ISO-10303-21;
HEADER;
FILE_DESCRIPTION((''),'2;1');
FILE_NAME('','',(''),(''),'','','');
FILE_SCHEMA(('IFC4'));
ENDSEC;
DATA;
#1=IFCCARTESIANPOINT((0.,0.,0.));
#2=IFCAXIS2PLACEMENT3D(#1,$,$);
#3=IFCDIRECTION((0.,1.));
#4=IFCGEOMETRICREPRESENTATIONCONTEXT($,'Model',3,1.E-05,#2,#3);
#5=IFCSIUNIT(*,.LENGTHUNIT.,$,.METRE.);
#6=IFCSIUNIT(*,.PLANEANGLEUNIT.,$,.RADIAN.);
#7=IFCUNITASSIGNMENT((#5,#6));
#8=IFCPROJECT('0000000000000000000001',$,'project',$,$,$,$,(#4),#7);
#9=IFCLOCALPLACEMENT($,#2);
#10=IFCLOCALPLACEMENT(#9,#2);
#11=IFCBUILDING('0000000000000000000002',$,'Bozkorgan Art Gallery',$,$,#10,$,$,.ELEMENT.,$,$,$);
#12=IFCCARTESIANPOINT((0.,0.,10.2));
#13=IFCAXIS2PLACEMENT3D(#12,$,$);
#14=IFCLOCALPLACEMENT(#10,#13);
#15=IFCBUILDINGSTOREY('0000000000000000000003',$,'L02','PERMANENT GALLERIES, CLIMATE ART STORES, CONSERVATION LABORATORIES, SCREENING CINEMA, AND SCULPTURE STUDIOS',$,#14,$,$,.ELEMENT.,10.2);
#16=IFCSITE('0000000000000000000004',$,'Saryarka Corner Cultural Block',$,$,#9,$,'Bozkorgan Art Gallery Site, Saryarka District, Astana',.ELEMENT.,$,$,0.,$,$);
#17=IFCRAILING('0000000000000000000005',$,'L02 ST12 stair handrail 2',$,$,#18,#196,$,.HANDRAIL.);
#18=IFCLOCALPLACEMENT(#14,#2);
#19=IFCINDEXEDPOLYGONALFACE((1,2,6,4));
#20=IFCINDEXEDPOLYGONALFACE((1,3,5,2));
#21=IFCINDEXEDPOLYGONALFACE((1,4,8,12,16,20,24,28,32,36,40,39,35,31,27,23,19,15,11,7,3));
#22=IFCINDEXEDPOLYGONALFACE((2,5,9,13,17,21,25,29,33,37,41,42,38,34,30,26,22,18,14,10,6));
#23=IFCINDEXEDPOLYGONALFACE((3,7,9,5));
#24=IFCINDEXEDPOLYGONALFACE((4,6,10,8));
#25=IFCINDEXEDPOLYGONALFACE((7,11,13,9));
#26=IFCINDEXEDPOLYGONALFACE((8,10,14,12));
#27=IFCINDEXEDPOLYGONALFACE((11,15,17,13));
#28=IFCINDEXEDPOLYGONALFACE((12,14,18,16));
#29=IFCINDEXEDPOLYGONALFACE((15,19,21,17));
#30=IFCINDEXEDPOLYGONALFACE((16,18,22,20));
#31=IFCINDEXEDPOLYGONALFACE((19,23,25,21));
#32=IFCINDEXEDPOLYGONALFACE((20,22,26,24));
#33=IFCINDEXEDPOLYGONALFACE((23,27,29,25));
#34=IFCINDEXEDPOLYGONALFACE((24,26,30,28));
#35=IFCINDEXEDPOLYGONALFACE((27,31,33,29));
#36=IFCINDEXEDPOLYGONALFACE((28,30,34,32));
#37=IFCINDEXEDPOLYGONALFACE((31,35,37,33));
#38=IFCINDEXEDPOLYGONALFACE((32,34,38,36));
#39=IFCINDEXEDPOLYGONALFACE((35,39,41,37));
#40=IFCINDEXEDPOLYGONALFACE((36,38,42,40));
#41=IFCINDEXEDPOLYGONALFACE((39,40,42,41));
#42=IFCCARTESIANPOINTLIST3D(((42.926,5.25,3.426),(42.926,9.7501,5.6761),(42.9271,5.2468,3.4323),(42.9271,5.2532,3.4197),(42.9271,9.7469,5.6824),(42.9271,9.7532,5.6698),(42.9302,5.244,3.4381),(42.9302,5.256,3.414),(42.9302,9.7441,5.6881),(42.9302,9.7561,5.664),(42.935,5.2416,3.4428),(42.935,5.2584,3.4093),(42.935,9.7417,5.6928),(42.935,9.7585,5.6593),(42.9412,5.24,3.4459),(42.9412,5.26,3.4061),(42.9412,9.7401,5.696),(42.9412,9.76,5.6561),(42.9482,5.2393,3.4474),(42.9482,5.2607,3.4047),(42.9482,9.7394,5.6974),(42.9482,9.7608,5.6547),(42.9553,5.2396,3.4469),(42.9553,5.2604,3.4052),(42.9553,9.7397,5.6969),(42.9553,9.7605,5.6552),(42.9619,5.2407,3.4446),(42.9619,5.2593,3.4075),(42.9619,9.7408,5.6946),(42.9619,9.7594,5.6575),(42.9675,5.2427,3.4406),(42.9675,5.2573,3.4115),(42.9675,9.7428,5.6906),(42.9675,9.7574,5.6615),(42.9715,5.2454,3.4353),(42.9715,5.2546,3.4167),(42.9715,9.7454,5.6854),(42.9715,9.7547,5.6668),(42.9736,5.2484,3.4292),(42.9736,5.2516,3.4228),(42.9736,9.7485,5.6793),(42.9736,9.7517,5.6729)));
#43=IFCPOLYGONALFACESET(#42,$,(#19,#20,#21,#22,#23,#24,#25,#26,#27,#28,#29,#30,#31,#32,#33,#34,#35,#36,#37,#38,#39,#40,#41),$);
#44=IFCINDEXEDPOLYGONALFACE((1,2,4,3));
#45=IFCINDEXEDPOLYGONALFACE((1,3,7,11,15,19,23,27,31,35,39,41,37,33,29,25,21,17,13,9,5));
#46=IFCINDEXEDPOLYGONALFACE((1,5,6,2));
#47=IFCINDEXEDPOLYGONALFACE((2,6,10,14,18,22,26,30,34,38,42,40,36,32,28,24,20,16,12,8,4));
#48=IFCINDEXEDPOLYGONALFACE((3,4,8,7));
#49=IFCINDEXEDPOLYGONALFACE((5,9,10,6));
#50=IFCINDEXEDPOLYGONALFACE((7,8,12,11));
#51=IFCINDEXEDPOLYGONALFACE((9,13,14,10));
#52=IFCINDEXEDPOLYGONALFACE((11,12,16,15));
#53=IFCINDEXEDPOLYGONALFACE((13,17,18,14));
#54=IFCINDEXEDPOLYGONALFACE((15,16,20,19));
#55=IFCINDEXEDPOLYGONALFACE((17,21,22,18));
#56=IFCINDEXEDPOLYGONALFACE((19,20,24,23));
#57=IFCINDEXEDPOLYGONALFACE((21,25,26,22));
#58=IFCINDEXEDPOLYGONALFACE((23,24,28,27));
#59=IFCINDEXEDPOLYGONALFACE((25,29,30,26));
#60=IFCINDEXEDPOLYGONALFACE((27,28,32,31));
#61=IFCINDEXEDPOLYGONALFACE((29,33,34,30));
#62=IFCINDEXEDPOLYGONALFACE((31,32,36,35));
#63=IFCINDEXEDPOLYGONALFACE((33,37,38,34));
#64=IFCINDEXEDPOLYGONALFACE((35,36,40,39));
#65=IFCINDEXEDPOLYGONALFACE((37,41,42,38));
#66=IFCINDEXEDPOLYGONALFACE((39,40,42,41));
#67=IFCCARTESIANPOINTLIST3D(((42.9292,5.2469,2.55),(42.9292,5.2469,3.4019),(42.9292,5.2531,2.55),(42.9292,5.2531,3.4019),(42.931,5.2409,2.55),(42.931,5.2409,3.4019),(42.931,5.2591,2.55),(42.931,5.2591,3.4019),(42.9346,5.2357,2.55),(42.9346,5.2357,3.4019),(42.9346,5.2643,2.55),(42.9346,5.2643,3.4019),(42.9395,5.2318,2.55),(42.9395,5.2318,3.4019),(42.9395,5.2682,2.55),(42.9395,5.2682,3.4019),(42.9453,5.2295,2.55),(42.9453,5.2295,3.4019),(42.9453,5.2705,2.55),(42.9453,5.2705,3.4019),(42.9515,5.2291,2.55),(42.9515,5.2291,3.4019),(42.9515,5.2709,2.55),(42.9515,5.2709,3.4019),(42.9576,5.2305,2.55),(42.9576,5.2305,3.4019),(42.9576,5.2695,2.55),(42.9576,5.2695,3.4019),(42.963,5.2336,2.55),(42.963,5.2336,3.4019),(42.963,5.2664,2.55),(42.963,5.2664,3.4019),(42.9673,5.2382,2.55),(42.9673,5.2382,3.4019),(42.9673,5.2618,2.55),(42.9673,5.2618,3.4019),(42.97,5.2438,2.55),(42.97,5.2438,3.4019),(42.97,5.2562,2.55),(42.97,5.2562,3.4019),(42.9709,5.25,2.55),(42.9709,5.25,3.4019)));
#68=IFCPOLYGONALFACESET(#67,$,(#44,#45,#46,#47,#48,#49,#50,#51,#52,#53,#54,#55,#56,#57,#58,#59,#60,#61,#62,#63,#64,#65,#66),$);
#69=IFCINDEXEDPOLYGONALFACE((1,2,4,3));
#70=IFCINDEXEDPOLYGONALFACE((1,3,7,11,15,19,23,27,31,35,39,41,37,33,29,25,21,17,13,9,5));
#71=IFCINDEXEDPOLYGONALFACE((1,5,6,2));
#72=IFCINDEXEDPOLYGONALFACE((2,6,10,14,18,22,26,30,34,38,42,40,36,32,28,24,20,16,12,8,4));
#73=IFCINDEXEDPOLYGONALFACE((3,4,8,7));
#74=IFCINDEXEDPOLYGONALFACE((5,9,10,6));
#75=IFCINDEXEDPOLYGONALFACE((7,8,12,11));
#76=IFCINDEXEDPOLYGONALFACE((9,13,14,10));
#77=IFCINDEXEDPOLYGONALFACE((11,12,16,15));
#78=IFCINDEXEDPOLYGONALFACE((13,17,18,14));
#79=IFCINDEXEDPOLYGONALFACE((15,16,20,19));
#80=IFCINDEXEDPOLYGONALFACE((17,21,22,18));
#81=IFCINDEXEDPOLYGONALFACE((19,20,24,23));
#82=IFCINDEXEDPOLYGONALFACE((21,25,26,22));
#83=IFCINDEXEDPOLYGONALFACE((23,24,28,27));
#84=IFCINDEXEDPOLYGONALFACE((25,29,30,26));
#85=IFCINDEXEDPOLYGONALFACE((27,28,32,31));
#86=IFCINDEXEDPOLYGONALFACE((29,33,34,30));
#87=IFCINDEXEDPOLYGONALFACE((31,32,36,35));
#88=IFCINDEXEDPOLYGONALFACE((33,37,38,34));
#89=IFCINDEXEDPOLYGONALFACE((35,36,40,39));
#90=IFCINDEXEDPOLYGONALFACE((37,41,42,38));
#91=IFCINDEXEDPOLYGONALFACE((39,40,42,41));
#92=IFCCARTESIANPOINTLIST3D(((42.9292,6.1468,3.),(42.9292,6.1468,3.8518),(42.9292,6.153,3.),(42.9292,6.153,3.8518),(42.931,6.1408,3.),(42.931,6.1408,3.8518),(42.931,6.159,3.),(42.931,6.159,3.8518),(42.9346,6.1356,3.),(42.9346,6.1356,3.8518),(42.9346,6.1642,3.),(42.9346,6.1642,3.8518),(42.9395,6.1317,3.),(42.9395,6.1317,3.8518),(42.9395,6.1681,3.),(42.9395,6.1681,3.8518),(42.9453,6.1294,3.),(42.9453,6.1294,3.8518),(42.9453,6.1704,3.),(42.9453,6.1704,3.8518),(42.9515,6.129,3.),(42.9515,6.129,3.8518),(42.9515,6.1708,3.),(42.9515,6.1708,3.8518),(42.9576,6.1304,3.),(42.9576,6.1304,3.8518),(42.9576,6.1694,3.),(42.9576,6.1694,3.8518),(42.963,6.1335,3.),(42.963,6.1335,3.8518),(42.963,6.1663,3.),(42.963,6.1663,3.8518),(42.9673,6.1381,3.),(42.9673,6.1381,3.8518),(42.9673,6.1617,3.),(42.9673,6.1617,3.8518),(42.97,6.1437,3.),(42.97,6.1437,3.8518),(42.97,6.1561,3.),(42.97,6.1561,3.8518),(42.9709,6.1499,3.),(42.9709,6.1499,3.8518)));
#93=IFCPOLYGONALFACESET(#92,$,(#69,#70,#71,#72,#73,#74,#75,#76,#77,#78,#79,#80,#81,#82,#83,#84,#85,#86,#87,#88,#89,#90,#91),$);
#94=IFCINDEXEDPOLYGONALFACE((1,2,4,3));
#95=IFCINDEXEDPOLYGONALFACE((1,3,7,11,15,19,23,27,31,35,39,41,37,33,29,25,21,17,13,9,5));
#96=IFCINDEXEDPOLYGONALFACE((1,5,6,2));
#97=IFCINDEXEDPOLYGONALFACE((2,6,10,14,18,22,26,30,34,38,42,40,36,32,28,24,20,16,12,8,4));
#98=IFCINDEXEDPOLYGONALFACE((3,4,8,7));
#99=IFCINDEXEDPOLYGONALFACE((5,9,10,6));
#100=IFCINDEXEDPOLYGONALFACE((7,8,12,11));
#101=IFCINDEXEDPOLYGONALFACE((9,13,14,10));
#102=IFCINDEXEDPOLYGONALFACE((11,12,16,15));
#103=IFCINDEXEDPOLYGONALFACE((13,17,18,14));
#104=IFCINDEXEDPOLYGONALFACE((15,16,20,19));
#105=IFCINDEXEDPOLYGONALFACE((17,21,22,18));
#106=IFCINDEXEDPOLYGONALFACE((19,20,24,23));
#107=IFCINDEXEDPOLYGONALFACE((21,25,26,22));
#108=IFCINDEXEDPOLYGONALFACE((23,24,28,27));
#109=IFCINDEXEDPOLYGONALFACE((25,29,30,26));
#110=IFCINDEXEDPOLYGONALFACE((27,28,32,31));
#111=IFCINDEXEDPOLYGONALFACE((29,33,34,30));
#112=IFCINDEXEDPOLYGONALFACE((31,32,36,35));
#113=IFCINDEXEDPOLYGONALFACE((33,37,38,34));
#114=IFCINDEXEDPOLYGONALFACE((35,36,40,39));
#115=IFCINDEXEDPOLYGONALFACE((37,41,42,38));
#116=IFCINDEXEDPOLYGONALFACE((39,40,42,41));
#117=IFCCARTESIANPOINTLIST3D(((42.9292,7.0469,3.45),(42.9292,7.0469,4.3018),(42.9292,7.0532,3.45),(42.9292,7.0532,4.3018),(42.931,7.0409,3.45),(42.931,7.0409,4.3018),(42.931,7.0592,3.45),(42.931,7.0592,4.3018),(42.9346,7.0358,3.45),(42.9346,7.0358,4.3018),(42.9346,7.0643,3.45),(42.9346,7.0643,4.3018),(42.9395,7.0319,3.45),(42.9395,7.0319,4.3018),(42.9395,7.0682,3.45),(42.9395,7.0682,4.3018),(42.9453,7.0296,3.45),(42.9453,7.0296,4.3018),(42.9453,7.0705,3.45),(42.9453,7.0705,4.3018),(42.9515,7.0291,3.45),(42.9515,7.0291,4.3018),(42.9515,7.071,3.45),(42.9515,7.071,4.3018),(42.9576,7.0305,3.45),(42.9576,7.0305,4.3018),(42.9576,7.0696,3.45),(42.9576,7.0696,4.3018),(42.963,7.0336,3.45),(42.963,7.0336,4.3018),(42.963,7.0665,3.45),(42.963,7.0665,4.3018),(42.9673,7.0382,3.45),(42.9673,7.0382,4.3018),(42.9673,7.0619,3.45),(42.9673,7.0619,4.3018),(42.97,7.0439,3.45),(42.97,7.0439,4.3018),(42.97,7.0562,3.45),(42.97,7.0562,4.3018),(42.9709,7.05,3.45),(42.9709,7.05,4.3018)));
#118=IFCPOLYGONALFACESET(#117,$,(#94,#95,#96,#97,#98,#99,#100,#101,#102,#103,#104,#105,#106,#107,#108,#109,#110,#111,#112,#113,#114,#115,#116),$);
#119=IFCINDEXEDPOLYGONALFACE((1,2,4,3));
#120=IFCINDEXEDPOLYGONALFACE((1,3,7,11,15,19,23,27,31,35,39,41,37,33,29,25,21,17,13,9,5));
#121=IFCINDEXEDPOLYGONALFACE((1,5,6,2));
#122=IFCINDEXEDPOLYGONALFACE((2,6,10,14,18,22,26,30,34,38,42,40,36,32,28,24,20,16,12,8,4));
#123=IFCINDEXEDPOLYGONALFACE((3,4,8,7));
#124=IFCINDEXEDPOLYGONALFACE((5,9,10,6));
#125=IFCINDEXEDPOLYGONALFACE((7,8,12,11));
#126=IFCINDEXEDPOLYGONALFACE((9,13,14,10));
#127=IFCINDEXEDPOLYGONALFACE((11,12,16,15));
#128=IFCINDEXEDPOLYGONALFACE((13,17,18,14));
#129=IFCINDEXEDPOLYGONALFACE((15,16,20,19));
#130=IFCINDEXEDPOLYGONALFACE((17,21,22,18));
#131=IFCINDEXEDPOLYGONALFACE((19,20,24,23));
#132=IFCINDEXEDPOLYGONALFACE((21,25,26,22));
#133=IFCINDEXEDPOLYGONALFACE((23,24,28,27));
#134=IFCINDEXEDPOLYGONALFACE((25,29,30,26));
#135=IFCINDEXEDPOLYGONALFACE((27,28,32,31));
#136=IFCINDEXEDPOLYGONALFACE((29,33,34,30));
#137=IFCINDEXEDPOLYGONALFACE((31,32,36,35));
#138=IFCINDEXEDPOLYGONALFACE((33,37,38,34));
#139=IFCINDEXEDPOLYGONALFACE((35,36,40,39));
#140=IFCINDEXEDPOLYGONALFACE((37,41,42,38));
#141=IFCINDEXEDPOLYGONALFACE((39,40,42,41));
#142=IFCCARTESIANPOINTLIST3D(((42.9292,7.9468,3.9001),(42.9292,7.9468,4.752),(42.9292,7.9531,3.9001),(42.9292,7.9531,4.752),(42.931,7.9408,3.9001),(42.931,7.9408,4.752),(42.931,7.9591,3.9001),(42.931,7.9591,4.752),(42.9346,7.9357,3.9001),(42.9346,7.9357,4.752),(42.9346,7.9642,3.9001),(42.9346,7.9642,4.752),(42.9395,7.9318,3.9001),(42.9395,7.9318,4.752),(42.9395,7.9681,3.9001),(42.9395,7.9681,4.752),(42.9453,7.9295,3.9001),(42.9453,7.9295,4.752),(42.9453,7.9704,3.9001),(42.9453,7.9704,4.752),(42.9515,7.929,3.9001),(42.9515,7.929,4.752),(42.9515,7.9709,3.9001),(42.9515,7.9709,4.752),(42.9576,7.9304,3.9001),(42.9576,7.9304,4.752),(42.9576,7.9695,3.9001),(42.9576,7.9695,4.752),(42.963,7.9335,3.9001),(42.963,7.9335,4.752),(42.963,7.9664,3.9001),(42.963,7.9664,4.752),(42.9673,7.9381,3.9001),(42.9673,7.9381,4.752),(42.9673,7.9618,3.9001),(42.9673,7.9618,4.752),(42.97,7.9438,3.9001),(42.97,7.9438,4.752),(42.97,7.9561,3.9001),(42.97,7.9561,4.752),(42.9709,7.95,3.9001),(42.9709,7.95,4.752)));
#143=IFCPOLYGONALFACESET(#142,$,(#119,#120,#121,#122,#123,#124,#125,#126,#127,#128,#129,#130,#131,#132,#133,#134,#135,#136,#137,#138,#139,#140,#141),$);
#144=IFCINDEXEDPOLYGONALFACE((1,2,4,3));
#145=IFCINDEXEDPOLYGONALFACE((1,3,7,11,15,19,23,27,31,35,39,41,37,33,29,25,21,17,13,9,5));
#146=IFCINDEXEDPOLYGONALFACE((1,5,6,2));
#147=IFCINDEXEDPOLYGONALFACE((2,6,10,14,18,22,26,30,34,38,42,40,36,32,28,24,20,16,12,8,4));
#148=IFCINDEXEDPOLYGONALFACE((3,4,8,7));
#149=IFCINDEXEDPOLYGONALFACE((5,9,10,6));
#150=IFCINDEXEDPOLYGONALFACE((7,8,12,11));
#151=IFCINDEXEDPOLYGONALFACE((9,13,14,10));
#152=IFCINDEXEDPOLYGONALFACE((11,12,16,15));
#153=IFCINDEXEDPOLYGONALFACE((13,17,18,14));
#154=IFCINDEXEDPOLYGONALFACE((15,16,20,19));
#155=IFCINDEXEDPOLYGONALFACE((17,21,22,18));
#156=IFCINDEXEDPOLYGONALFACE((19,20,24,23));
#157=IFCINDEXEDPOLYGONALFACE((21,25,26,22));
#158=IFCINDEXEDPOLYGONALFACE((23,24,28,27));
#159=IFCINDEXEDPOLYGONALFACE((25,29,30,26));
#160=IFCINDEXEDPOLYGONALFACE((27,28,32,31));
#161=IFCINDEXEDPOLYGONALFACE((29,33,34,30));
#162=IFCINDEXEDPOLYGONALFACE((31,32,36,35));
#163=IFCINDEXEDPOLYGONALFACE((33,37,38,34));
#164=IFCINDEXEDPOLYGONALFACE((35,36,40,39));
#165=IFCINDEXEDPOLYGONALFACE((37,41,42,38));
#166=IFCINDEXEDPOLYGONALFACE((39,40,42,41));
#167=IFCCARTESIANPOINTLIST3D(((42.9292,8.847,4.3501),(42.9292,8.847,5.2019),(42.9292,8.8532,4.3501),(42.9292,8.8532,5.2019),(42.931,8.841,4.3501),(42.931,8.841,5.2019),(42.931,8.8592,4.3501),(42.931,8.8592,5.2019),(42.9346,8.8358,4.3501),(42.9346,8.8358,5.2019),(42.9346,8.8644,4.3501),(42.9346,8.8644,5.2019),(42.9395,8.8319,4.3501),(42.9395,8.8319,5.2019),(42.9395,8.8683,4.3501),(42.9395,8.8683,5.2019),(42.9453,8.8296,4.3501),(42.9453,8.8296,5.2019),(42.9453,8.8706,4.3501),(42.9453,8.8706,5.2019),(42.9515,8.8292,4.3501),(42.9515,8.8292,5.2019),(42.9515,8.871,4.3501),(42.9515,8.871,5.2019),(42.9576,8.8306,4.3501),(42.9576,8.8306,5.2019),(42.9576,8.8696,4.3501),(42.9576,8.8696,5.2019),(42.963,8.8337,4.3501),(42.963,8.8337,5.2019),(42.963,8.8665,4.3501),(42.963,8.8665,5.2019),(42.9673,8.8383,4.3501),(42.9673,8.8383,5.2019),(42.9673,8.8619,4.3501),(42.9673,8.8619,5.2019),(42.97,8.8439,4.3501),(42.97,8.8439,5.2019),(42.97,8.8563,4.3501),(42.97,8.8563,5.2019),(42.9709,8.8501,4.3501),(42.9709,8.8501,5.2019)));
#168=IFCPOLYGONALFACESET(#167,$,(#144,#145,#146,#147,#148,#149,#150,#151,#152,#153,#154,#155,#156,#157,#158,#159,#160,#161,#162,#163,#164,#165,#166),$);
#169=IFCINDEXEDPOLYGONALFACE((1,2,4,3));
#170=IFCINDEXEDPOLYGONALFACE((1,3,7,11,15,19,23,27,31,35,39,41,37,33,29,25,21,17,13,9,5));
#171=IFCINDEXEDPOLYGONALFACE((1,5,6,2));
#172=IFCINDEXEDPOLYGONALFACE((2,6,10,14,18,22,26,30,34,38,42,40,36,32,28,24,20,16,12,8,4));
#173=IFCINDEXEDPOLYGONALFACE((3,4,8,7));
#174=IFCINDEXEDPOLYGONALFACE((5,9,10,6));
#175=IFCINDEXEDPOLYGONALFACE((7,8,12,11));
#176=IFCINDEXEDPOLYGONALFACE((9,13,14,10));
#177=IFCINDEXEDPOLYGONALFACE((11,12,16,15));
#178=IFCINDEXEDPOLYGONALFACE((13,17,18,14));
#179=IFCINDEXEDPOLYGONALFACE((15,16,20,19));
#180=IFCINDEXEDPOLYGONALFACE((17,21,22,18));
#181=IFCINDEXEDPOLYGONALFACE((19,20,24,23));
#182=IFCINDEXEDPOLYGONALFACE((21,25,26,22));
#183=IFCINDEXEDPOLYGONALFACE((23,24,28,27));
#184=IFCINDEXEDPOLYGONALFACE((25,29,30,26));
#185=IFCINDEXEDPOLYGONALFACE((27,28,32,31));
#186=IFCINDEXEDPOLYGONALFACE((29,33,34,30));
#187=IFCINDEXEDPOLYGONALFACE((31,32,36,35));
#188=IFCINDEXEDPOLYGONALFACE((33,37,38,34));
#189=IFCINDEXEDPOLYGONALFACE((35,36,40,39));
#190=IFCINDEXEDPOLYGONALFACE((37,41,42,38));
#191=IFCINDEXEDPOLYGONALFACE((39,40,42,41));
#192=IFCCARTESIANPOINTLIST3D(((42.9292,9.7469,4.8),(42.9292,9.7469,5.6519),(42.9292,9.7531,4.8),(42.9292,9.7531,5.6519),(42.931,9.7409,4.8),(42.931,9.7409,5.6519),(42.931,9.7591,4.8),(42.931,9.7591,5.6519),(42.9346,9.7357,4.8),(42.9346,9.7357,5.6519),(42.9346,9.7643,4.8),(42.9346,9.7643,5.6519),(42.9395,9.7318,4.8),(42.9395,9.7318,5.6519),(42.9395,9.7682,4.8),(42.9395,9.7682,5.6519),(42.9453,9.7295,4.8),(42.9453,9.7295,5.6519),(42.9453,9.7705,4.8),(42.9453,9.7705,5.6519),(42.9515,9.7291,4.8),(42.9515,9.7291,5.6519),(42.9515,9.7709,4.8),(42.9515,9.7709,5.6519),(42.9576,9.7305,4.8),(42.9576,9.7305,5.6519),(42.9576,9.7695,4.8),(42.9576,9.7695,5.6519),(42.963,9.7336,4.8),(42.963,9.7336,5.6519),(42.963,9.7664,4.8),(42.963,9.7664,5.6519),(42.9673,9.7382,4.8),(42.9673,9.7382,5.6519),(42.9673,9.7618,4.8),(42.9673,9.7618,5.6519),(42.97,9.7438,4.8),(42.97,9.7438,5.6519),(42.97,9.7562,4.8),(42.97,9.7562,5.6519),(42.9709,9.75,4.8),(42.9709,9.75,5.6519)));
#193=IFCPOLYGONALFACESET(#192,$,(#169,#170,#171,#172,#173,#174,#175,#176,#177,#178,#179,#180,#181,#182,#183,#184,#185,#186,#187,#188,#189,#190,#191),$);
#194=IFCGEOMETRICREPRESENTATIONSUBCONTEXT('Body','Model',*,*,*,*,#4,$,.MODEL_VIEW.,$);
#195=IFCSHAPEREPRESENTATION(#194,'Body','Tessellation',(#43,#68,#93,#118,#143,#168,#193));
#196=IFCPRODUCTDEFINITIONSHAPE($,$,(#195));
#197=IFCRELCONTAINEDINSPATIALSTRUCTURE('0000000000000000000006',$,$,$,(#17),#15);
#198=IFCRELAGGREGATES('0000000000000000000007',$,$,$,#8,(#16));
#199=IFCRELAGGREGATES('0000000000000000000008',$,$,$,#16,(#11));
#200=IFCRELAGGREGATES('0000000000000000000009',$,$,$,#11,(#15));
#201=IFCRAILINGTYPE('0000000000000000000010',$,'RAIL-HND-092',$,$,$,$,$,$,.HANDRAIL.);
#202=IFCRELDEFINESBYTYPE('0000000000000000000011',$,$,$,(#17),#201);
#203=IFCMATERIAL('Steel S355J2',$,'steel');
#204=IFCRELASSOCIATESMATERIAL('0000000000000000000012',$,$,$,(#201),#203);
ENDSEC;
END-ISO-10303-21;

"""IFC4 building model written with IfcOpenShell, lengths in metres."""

from ifc_helpers import new_model, si_unit, direction, frame, origin, origin_2d, place, context, subcontext, project, spatial, circle, extrude, material, type_object, element, save


model = new_model("IFC4")

# Units and contexts
model_context = context("Model", 3, precision=1e-05, world=origin(), true_north=direction((0.0, 1.0)))
body_context = subcontext(model_context, "Body", "Model", "MODEL_VIEW")
ifc_project = project(units=[si_unit("LENGTHUNIT", "METRE"), si_unit("PLANEANGLEUNIT", "RADIAN")], contexts=[model_context])

# Site, building, storey
site_placement = place(None, origin())
site = spatial("IfcSite", under=ifc_project, at=site_placement, Name="Saryarka Corner Cultural Block", LongName="Bozkorgan Art Gallery Site, Saryarka District, Astana", CompositionType="ELEMENT", RefElevation=0.0)
building_placement = place(site_placement, origin())
building = spatial("IfcBuilding", under=site, at=building_placement, Name="Bozkorgan Art Gallery", CompositionType="ELEMENT")
storey_placement = place(building_placement, frame((0.0, 0.0, 10.2)))
storey = spatial("IfcBuildingStorey", under=building, at=storey_placement, Name="L02", Description="PERMANENT GALLERIES, CLIMATE ART STORES, CONSERVATION LABORATORIES, SCREENING CINEMA, AND SCULPTURE STUDIOS", CompositionType="ELEMENT", Elevation=10.2)

# Shared definitions
ifc_material_1 = material(Name="Steel S355J2", Category="steel")

# Railing
railing_type = type_object("IfcRailingType", Name="RAIL-HND-092", PredefinedType="HANDRAIL", material=ifc_material_1)
railing_placement = place(storey_placement, frame((42.95, 5.25, 2.55)))
element("IfcRailing", 1, at=railing_placement, inside=storey, type_object=railing_type, Name="L02 ST12 stair handrail 2", PredefinedType="HANDRAIL", context=body_context, shape_type="SweptSolid", body=[
    extrude(circle(Radius=0.0239, at=origin_2d()), frame((0.0, 0.0, 0.876), z_axis=(0.0, 0.894427, 0.447214), x_axis=(-1.0, 0.0, 0.0)), (0.0, 0.0, 1.0), 5.0312),
    extrude(circle(Radius=0.021, at=origin_2d()), origin(), (0.0, 0.0, 1.0), 0.8518),
    extrude(circle(Radius=0.021, at=origin_2d()), frame((0.0, 0.8999, 0.45)), (0.0, 0.0, 1.0), 0.8518),
    extrude(circle(Radius=0.021, at=origin_2d()), frame((0.0, 1.8, 0.8999)), (0.0, 0.0, 1.0), 0.8518),
    extrude(circle(Radius=0.021, at=origin_2d()), frame((0.0, 2.7, 1.3501)), (0.0, 0.0, 1.0), 0.8518),
    extrude(circle(Radius=0.021, at=origin_2d()), frame((0.0, 3.6001, 1.8)), (0.0, 0.0, 1.0), 0.8518),
    extrude(circle(Radius=0.021, at=origin_2d()), frame((0.0, 4.5, 2.25)), (0.0, 0.0, 1.0), 0.8518),
])

save(model, "model.ifc")
